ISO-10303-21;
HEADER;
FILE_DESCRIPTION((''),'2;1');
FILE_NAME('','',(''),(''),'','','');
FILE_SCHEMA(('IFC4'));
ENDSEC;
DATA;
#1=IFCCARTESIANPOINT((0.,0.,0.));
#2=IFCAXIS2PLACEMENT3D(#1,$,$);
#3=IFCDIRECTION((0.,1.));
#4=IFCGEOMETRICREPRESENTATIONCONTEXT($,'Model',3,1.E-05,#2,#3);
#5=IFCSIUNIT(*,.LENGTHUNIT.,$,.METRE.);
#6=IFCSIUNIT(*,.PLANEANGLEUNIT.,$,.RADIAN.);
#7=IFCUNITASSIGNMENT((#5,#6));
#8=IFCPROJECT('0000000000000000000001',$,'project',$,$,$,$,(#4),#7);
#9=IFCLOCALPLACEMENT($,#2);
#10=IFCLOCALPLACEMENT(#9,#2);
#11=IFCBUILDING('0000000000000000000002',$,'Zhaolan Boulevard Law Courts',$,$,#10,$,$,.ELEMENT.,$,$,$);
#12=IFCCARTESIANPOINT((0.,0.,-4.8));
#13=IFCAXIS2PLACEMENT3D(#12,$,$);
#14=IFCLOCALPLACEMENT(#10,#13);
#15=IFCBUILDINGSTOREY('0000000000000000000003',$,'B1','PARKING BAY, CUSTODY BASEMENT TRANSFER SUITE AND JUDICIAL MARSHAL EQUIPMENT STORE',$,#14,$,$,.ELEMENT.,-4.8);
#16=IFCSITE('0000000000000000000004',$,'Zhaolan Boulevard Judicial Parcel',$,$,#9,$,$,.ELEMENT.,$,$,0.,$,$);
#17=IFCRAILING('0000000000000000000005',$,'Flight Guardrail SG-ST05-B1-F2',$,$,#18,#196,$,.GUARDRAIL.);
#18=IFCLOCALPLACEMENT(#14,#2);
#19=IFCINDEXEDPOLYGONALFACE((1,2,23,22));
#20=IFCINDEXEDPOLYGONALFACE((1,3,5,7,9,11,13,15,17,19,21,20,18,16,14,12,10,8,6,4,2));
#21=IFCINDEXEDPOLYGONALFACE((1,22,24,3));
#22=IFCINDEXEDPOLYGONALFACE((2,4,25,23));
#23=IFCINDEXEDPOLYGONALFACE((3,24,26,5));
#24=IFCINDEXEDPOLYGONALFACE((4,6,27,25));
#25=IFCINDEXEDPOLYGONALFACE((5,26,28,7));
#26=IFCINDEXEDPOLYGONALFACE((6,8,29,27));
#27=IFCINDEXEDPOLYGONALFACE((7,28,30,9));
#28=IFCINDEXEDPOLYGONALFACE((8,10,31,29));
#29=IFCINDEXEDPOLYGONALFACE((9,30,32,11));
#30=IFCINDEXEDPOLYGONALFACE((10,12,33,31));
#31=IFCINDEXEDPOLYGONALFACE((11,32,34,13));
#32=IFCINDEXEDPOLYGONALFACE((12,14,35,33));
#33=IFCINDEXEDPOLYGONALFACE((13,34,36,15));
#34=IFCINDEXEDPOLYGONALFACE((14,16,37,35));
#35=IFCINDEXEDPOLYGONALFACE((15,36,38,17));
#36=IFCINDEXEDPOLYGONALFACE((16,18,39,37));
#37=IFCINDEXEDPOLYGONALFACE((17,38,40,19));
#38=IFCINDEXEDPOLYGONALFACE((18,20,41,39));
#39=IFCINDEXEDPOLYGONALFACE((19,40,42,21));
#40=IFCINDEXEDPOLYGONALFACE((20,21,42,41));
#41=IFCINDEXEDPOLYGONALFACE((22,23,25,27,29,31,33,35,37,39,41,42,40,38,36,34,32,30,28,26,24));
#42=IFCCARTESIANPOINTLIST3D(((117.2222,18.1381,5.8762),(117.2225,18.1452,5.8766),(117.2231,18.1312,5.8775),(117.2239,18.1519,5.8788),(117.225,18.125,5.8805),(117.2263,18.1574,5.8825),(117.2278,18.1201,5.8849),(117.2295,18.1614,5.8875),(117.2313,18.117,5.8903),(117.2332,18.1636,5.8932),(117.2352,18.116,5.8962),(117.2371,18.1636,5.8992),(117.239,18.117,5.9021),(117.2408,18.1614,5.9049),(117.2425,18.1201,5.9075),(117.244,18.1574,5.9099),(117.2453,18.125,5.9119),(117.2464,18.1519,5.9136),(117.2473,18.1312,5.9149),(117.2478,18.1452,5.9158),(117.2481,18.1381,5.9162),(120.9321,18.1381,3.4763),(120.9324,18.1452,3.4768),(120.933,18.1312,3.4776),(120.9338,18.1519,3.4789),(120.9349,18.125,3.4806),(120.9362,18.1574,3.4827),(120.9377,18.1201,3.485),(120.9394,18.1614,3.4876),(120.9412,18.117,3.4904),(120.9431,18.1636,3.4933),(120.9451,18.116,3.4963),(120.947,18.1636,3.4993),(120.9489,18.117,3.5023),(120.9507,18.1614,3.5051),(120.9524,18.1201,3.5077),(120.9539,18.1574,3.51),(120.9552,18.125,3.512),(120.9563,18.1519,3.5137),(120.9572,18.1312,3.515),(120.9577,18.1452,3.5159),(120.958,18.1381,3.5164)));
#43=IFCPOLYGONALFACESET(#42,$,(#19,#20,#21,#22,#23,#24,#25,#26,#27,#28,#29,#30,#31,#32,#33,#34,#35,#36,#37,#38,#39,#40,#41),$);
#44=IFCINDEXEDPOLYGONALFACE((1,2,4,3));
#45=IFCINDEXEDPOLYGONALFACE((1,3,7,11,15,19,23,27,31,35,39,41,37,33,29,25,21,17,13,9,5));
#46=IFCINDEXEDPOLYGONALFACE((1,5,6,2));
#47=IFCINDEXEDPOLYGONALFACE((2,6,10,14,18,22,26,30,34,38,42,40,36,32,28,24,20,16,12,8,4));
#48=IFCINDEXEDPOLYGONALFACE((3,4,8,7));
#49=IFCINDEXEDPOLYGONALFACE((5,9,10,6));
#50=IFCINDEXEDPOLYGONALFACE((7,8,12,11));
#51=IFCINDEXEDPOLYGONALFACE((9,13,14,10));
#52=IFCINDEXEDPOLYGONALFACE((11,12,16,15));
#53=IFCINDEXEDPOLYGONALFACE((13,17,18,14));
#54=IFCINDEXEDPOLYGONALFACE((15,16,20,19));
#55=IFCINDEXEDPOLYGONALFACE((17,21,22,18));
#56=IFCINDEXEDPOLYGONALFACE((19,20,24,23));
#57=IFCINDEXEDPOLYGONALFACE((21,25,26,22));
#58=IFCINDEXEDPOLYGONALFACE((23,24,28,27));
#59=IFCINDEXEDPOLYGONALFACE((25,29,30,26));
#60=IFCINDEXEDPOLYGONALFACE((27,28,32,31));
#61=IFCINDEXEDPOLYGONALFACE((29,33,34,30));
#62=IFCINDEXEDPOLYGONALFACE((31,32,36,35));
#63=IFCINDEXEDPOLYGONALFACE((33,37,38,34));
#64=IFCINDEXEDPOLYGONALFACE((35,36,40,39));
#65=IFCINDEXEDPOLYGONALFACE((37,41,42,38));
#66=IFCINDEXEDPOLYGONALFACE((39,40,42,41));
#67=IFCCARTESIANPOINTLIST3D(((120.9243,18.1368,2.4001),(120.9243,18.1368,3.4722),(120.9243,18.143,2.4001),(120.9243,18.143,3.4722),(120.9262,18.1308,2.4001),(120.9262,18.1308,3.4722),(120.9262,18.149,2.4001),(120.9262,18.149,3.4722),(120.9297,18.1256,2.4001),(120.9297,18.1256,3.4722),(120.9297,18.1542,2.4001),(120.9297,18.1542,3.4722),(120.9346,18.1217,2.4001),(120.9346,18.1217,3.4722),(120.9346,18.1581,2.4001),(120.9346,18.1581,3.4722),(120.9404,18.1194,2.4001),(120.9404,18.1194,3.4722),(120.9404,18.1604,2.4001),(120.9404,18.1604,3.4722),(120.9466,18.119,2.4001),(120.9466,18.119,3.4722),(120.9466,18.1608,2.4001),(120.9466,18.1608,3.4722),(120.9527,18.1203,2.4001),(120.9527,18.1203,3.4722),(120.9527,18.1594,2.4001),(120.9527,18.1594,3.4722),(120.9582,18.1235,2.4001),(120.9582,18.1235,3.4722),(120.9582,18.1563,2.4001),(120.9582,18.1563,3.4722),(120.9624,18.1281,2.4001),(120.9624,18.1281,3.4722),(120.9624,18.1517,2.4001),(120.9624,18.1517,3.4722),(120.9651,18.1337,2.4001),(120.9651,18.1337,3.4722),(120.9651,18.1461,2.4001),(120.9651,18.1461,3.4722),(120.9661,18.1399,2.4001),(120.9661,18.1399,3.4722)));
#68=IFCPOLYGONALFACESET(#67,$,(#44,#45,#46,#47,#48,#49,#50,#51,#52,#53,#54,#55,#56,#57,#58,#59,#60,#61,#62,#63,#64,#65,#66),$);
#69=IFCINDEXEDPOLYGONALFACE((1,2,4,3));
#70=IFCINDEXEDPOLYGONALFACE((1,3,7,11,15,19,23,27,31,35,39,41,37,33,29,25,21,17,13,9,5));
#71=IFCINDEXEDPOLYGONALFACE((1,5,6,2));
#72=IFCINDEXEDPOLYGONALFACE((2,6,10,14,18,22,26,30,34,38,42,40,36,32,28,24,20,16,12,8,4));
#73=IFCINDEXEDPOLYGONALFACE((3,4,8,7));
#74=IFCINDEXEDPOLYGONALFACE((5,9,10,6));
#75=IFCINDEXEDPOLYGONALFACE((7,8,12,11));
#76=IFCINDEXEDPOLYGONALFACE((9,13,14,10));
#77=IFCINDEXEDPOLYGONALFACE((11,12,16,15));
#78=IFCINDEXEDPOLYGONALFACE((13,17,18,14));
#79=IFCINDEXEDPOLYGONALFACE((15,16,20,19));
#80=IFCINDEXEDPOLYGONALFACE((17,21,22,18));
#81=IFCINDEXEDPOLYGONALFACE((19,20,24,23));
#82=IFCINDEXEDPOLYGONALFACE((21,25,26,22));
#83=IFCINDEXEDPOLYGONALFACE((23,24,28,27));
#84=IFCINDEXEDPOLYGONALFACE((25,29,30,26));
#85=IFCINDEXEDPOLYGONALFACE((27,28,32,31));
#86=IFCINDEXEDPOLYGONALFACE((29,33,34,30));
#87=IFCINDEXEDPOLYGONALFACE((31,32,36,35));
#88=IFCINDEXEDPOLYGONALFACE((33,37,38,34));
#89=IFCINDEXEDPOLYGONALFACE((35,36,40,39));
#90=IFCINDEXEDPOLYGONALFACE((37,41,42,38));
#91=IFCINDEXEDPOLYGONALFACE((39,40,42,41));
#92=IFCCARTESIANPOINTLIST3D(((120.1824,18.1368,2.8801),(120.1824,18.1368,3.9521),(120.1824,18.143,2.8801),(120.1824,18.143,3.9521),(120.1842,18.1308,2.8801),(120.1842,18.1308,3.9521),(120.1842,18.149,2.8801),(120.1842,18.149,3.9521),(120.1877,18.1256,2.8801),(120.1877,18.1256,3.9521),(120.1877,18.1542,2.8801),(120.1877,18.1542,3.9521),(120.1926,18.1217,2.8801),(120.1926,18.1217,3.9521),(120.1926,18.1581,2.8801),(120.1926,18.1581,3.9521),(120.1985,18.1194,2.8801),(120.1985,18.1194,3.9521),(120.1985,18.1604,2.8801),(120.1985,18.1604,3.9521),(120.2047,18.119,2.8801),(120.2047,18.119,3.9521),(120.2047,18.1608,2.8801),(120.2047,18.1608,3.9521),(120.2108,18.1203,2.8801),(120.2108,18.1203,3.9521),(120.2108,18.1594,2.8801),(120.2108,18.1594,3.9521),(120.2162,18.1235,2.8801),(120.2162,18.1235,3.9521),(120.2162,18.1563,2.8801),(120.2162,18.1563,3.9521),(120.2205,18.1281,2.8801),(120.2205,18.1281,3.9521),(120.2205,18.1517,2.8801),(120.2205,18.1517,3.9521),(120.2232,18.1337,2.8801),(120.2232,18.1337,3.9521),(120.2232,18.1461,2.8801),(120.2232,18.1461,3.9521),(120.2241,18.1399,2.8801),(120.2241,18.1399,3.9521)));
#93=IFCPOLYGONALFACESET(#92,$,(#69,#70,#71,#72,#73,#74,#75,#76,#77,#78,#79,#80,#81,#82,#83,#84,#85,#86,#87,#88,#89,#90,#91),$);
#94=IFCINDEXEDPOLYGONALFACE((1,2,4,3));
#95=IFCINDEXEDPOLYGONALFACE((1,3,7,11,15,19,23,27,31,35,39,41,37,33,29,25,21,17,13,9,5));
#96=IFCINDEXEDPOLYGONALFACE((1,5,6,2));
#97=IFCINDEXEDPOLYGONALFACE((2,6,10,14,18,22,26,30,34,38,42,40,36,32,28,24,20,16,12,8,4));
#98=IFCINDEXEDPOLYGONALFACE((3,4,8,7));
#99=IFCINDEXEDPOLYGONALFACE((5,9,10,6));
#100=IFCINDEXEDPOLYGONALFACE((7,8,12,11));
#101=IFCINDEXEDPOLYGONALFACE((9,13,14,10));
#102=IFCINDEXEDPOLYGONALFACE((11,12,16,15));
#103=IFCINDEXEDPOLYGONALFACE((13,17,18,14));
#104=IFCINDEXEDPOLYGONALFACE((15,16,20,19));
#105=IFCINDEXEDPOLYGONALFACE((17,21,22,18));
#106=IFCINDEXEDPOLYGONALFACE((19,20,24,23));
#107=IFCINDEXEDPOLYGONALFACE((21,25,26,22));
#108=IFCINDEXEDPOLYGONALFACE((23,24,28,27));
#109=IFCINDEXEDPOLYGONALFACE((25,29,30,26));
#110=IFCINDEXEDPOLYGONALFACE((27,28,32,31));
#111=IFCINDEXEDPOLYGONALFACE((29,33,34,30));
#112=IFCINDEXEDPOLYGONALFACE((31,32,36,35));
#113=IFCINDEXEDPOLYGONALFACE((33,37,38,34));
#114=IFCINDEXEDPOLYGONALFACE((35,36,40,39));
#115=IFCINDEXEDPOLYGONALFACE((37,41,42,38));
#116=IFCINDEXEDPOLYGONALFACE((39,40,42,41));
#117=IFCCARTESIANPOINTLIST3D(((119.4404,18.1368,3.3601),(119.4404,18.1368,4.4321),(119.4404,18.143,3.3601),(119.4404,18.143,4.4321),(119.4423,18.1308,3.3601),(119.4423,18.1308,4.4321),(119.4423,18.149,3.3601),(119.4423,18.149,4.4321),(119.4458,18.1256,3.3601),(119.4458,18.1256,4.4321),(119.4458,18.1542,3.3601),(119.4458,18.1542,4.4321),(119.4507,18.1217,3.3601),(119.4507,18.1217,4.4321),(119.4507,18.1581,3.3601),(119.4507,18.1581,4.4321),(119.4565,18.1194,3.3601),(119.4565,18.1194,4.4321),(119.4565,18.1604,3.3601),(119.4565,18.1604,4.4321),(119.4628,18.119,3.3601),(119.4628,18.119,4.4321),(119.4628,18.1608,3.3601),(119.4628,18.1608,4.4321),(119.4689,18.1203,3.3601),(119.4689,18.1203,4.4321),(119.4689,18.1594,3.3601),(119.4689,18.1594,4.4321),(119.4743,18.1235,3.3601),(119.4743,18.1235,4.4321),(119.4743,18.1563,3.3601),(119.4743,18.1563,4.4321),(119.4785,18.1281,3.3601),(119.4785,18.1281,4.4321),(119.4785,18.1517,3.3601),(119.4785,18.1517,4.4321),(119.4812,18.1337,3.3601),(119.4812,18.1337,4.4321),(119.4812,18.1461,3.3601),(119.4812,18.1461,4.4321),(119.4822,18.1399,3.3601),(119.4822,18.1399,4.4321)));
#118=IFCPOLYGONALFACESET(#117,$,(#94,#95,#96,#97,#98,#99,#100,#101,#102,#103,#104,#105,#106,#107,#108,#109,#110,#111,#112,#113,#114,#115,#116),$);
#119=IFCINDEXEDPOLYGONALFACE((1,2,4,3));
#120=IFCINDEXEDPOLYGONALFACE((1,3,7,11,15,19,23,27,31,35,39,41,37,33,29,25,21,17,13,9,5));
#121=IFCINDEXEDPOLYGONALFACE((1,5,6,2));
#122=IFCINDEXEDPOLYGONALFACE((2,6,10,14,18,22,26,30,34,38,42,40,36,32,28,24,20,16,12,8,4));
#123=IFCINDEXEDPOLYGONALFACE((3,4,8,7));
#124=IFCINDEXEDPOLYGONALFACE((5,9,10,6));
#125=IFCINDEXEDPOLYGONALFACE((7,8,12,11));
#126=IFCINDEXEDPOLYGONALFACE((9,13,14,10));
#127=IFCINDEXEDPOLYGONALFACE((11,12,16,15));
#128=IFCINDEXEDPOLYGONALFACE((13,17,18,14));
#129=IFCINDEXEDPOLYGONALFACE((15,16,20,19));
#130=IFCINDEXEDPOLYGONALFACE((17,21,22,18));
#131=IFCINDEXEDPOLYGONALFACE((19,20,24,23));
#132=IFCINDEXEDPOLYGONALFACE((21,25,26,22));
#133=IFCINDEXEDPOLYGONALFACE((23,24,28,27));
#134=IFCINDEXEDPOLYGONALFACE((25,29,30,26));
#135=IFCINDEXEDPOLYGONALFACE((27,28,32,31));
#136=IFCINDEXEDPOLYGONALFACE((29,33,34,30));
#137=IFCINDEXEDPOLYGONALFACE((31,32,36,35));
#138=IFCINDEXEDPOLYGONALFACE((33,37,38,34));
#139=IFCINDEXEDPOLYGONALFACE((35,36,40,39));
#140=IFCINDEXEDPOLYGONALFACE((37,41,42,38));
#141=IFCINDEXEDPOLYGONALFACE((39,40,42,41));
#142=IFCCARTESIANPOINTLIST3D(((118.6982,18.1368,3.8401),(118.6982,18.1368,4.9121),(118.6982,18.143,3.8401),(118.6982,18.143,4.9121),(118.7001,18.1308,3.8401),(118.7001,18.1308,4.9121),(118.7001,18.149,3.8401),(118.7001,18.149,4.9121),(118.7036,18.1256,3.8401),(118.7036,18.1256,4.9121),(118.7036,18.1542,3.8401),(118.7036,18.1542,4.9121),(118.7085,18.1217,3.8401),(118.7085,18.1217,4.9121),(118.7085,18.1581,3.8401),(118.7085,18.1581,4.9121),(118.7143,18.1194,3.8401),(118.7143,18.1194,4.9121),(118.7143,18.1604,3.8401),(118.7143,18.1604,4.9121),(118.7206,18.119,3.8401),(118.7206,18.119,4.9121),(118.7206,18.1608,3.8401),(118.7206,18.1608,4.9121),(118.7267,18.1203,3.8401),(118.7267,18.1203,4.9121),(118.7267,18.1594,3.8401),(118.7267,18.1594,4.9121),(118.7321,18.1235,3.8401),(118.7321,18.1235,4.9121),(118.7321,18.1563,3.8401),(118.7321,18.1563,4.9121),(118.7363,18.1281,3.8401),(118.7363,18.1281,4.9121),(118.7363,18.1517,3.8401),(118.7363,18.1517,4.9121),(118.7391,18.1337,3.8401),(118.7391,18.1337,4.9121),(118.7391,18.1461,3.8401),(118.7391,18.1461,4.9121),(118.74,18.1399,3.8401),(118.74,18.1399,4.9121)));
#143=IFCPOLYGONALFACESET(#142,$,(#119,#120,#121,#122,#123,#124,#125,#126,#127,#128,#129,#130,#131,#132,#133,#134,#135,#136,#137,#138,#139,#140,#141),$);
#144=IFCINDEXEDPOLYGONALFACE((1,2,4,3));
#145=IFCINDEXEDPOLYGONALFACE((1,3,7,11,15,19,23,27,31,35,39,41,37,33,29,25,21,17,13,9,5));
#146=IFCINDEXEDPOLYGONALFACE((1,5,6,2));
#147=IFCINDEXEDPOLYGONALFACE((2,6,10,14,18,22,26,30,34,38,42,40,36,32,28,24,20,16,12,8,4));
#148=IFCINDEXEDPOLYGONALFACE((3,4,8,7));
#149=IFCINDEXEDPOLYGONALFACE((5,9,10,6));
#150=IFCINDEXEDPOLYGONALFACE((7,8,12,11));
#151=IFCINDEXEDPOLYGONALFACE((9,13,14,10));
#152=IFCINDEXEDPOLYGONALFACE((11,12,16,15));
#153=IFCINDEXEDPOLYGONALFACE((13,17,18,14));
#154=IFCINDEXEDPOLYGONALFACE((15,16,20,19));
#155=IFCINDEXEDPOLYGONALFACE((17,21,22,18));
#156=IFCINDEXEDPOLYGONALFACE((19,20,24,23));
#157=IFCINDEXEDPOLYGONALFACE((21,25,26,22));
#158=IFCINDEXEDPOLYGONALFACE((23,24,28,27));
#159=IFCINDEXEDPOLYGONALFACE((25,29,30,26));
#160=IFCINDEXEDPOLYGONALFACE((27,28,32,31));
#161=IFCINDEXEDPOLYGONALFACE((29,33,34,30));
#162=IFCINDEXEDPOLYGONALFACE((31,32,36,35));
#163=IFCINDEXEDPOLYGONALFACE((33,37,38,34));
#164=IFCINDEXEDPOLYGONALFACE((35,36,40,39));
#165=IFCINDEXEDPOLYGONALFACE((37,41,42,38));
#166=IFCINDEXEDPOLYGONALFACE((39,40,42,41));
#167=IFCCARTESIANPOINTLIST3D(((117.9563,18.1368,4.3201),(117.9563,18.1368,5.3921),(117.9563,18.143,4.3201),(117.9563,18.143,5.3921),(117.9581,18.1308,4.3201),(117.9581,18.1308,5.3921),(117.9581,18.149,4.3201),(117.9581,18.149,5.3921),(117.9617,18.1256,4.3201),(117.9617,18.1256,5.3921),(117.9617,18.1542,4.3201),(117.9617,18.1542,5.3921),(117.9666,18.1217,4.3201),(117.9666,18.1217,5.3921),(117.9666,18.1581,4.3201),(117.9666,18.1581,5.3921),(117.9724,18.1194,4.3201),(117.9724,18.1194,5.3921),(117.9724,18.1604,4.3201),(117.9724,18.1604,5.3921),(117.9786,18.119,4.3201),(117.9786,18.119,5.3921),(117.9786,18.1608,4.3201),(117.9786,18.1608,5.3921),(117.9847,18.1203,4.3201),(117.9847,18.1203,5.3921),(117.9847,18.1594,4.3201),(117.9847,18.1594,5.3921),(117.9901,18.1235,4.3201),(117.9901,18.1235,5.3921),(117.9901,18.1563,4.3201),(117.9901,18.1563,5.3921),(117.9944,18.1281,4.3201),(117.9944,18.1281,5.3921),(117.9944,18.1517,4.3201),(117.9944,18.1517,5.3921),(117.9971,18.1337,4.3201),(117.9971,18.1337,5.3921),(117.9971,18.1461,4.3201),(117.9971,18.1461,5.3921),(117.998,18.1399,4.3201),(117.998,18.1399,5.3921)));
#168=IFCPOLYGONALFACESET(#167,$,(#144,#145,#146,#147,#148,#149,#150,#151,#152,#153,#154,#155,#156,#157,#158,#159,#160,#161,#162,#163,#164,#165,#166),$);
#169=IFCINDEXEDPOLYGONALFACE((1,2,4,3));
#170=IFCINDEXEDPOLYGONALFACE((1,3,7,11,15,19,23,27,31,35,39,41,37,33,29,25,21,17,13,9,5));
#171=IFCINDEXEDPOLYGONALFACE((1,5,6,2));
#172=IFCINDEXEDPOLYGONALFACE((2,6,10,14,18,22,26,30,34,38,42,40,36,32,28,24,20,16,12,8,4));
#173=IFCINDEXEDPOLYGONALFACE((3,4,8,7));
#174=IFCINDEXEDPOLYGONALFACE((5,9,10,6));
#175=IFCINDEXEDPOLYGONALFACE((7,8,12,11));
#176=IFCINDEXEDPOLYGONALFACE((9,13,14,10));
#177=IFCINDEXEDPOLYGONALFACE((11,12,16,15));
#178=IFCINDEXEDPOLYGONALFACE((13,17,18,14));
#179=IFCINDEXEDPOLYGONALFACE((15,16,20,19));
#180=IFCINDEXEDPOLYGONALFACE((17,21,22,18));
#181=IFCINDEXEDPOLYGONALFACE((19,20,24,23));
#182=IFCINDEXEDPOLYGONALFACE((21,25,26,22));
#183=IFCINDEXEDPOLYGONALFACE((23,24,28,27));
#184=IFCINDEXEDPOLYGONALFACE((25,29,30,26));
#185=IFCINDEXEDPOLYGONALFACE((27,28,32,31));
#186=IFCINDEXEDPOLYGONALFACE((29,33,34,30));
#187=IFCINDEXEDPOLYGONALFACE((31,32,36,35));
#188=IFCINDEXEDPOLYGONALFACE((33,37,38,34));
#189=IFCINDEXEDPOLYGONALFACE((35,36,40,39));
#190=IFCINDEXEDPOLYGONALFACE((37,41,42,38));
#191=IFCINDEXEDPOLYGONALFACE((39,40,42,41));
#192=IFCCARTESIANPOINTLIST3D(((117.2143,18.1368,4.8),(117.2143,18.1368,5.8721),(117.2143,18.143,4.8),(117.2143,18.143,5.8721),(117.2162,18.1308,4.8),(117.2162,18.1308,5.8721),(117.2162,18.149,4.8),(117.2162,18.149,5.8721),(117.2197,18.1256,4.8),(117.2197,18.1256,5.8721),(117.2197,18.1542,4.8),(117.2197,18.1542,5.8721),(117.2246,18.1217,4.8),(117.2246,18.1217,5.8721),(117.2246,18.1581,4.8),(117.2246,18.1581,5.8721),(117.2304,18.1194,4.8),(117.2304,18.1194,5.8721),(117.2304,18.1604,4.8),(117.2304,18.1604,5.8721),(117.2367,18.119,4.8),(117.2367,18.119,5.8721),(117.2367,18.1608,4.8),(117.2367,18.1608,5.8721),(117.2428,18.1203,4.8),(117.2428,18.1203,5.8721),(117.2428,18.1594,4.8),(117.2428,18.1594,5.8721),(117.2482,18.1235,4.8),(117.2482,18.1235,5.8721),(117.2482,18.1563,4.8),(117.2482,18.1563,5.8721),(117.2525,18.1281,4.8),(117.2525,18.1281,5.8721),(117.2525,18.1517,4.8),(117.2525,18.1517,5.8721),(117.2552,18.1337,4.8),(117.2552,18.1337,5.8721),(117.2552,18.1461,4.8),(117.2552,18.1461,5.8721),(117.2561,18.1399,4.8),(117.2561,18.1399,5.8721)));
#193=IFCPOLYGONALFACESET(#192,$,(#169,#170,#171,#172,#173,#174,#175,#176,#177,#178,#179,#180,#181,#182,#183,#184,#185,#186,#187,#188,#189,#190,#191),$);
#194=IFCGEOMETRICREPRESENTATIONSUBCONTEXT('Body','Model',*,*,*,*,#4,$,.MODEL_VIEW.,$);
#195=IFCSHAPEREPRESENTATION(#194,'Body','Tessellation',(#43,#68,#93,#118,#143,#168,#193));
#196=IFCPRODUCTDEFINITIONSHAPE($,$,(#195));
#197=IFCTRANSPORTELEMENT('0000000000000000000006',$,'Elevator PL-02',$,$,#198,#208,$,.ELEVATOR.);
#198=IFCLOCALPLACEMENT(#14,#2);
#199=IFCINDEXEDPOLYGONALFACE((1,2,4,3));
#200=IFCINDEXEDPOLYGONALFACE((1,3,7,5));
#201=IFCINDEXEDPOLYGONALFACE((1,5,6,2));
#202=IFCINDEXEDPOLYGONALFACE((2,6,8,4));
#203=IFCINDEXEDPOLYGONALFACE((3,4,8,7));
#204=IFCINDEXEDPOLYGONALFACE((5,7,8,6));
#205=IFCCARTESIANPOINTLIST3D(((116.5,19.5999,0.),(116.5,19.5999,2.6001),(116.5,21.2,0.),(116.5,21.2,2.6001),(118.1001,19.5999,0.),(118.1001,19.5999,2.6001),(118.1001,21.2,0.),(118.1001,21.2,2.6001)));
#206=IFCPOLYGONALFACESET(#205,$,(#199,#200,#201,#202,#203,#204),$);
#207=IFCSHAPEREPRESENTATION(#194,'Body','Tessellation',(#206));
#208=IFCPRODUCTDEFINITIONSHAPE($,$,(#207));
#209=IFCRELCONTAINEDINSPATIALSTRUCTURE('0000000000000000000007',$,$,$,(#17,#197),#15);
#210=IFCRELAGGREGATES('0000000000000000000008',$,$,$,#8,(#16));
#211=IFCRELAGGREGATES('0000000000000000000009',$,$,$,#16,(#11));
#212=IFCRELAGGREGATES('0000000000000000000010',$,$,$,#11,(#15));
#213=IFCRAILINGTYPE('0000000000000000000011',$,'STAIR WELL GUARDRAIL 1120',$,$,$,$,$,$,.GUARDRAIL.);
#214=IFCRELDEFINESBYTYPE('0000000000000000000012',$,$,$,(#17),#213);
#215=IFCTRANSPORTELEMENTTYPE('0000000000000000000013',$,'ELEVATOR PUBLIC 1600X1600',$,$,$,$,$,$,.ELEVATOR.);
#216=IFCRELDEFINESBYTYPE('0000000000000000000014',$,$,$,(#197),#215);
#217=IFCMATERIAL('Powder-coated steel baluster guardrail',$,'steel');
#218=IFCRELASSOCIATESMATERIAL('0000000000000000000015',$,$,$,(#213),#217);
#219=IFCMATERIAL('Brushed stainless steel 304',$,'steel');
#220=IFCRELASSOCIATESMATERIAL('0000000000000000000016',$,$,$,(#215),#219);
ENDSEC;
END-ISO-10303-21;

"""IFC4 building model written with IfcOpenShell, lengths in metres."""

from ifc_helpers import new_model, si_unit, direction, frame, origin, origin_2d, place, context, subcontext, project, spatial, rectangle, circle, extrude, material, type_object, element, save


model = new_model("IFC4")

# Units and contexts
model_context = context("Model", 3, precision=1e-05, world=origin(), true_north=direction((0.0, 1.0)))
body_context = subcontext(model_context, "Body", "Model", "MODEL_VIEW")
ifc_project = project(units=[si_unit("LENGTHUNIT", "METRE"), si_unit("PLANEANGLEUNIT", "RADIAN")], contexts=[model_context])

# Site, building, storey
site_placement = place(None, origin())
site = spatial("IfcSite", under=ifc_project, at=site_placement, Name="Zhaolan Boulevard Judicial Parcel", CompositionType="ELEMENT", RefElevation=0.0)
building_placement = place(site_placement, origin())
building = spatial("IfcBuilding", under=site, at=building_placement, Name="Zhaolan Boulevard Law Courts", CompositionType="ELEMENT")
storey_placement = place(building_placement, frame((0.0, 0.0, -4.8)))
storey = spatial("IfcBuildingStorey", under=building, at=storey_placement, Name="B1", Description="PARKING BAY, CUSTODY BASEMENT TRANSFER SUITE AND JUDICIAL MARSHAL EQUIPMENT STORE", CompositionType="ELEMENT", Elevation=-4.8)

# Railing
ifc_material_1 = material(Name="Powder-coated steel baluster guardrail", Category="steel")
railing_type_1 = type_object("IfcRailingType", Name="STAIR WELL GUARDRAIL 1120", PredefinedType="GUARDRAIL", material=ifc_material_1)
railing_1_placement = place(storey_placement, frame((120.9451, 18.1399, 2.4001)))
element("IfcRailing", 1, at=railing_1_placement, inside=storey, type_object=railing_type_1, Name="Flight Guardrail SG-ST05-B1-F2", PredefinedType="GUARDRAIL", context=body_context, shape_type="SweptSolid", body=[
    extrude(circle(Radius=0.0239, at=origin_2d()), frame((0.0, 0.0, 1.0962), z_axis=(-0.839638, 0.0, 0.543146), x_axis=(0.0, -1.0, 0.0)), (0.0, 0.0, 1.0), 4.4185),
    extrude(circle(Radius=0.021, at=origin_2d()), origin(), (0.0, 0.0, 1.0), 1.072),
    extrude(circle(Radius=0.021, at=origin_2d()), frame((-0.7419, 0.0, 0.48)), (0.0, 0.0, 1.0), 1.072),
    extrude(circle(Radius=0.021, at=origin_2d()), frame((-1.4839, 0.0, 0.96)), (0.0, 0.0, 1.0), 1.072),
    extrude(circle(Radius=0.021, at=origin_2d()), frame((-2.2261, 0.0, 1.4399)), (0.0, 0.0, 1.0), 1.072),
    extrude(circle(Radius=0.021, at=origin_2d()), frame((-2.968, 0.0, 1.9199)), (0.0, 0.0, 1.0), 1.072),
    extrude(circle(Radius=0.021, at=origin_2d()), frame((-3.71, 0.0, 2.3999)), (0.0, 0.0, 1.0), 1.072),
])

# Transport element
ifc_material_2 = material(Name="Brushed stainless steel 304", Category="steel")
transport_element_type = type_object("IfcTransportElementType", Name="ELEVATOR PUBLIC 1600X1600", PredefinedType="ELEVATOR", material=ifc_material_2)
transport_element_placement = place(storey_placement, frame((117.3, 20.3999, 0.0), z_axis=(0.0, 0.0, 1.0), x_axis=(1.0, 0.0, 0.0)))
element("IfcTransportElement", 2, at=transport_element_placement, inside=storey, type_object=transport_element_type, Name="Elevator PL-02", PredefinedType="ELEVATOR", context=body_context, shape_type="SweptSolid", body=[
    extrude(rectangle(XDim=1.6001, YDim=1.6001, at=origin_2d()), origin(), (0.0, 0.0, 1.0), 2.6001),
])

save(model, "model.ifc")
